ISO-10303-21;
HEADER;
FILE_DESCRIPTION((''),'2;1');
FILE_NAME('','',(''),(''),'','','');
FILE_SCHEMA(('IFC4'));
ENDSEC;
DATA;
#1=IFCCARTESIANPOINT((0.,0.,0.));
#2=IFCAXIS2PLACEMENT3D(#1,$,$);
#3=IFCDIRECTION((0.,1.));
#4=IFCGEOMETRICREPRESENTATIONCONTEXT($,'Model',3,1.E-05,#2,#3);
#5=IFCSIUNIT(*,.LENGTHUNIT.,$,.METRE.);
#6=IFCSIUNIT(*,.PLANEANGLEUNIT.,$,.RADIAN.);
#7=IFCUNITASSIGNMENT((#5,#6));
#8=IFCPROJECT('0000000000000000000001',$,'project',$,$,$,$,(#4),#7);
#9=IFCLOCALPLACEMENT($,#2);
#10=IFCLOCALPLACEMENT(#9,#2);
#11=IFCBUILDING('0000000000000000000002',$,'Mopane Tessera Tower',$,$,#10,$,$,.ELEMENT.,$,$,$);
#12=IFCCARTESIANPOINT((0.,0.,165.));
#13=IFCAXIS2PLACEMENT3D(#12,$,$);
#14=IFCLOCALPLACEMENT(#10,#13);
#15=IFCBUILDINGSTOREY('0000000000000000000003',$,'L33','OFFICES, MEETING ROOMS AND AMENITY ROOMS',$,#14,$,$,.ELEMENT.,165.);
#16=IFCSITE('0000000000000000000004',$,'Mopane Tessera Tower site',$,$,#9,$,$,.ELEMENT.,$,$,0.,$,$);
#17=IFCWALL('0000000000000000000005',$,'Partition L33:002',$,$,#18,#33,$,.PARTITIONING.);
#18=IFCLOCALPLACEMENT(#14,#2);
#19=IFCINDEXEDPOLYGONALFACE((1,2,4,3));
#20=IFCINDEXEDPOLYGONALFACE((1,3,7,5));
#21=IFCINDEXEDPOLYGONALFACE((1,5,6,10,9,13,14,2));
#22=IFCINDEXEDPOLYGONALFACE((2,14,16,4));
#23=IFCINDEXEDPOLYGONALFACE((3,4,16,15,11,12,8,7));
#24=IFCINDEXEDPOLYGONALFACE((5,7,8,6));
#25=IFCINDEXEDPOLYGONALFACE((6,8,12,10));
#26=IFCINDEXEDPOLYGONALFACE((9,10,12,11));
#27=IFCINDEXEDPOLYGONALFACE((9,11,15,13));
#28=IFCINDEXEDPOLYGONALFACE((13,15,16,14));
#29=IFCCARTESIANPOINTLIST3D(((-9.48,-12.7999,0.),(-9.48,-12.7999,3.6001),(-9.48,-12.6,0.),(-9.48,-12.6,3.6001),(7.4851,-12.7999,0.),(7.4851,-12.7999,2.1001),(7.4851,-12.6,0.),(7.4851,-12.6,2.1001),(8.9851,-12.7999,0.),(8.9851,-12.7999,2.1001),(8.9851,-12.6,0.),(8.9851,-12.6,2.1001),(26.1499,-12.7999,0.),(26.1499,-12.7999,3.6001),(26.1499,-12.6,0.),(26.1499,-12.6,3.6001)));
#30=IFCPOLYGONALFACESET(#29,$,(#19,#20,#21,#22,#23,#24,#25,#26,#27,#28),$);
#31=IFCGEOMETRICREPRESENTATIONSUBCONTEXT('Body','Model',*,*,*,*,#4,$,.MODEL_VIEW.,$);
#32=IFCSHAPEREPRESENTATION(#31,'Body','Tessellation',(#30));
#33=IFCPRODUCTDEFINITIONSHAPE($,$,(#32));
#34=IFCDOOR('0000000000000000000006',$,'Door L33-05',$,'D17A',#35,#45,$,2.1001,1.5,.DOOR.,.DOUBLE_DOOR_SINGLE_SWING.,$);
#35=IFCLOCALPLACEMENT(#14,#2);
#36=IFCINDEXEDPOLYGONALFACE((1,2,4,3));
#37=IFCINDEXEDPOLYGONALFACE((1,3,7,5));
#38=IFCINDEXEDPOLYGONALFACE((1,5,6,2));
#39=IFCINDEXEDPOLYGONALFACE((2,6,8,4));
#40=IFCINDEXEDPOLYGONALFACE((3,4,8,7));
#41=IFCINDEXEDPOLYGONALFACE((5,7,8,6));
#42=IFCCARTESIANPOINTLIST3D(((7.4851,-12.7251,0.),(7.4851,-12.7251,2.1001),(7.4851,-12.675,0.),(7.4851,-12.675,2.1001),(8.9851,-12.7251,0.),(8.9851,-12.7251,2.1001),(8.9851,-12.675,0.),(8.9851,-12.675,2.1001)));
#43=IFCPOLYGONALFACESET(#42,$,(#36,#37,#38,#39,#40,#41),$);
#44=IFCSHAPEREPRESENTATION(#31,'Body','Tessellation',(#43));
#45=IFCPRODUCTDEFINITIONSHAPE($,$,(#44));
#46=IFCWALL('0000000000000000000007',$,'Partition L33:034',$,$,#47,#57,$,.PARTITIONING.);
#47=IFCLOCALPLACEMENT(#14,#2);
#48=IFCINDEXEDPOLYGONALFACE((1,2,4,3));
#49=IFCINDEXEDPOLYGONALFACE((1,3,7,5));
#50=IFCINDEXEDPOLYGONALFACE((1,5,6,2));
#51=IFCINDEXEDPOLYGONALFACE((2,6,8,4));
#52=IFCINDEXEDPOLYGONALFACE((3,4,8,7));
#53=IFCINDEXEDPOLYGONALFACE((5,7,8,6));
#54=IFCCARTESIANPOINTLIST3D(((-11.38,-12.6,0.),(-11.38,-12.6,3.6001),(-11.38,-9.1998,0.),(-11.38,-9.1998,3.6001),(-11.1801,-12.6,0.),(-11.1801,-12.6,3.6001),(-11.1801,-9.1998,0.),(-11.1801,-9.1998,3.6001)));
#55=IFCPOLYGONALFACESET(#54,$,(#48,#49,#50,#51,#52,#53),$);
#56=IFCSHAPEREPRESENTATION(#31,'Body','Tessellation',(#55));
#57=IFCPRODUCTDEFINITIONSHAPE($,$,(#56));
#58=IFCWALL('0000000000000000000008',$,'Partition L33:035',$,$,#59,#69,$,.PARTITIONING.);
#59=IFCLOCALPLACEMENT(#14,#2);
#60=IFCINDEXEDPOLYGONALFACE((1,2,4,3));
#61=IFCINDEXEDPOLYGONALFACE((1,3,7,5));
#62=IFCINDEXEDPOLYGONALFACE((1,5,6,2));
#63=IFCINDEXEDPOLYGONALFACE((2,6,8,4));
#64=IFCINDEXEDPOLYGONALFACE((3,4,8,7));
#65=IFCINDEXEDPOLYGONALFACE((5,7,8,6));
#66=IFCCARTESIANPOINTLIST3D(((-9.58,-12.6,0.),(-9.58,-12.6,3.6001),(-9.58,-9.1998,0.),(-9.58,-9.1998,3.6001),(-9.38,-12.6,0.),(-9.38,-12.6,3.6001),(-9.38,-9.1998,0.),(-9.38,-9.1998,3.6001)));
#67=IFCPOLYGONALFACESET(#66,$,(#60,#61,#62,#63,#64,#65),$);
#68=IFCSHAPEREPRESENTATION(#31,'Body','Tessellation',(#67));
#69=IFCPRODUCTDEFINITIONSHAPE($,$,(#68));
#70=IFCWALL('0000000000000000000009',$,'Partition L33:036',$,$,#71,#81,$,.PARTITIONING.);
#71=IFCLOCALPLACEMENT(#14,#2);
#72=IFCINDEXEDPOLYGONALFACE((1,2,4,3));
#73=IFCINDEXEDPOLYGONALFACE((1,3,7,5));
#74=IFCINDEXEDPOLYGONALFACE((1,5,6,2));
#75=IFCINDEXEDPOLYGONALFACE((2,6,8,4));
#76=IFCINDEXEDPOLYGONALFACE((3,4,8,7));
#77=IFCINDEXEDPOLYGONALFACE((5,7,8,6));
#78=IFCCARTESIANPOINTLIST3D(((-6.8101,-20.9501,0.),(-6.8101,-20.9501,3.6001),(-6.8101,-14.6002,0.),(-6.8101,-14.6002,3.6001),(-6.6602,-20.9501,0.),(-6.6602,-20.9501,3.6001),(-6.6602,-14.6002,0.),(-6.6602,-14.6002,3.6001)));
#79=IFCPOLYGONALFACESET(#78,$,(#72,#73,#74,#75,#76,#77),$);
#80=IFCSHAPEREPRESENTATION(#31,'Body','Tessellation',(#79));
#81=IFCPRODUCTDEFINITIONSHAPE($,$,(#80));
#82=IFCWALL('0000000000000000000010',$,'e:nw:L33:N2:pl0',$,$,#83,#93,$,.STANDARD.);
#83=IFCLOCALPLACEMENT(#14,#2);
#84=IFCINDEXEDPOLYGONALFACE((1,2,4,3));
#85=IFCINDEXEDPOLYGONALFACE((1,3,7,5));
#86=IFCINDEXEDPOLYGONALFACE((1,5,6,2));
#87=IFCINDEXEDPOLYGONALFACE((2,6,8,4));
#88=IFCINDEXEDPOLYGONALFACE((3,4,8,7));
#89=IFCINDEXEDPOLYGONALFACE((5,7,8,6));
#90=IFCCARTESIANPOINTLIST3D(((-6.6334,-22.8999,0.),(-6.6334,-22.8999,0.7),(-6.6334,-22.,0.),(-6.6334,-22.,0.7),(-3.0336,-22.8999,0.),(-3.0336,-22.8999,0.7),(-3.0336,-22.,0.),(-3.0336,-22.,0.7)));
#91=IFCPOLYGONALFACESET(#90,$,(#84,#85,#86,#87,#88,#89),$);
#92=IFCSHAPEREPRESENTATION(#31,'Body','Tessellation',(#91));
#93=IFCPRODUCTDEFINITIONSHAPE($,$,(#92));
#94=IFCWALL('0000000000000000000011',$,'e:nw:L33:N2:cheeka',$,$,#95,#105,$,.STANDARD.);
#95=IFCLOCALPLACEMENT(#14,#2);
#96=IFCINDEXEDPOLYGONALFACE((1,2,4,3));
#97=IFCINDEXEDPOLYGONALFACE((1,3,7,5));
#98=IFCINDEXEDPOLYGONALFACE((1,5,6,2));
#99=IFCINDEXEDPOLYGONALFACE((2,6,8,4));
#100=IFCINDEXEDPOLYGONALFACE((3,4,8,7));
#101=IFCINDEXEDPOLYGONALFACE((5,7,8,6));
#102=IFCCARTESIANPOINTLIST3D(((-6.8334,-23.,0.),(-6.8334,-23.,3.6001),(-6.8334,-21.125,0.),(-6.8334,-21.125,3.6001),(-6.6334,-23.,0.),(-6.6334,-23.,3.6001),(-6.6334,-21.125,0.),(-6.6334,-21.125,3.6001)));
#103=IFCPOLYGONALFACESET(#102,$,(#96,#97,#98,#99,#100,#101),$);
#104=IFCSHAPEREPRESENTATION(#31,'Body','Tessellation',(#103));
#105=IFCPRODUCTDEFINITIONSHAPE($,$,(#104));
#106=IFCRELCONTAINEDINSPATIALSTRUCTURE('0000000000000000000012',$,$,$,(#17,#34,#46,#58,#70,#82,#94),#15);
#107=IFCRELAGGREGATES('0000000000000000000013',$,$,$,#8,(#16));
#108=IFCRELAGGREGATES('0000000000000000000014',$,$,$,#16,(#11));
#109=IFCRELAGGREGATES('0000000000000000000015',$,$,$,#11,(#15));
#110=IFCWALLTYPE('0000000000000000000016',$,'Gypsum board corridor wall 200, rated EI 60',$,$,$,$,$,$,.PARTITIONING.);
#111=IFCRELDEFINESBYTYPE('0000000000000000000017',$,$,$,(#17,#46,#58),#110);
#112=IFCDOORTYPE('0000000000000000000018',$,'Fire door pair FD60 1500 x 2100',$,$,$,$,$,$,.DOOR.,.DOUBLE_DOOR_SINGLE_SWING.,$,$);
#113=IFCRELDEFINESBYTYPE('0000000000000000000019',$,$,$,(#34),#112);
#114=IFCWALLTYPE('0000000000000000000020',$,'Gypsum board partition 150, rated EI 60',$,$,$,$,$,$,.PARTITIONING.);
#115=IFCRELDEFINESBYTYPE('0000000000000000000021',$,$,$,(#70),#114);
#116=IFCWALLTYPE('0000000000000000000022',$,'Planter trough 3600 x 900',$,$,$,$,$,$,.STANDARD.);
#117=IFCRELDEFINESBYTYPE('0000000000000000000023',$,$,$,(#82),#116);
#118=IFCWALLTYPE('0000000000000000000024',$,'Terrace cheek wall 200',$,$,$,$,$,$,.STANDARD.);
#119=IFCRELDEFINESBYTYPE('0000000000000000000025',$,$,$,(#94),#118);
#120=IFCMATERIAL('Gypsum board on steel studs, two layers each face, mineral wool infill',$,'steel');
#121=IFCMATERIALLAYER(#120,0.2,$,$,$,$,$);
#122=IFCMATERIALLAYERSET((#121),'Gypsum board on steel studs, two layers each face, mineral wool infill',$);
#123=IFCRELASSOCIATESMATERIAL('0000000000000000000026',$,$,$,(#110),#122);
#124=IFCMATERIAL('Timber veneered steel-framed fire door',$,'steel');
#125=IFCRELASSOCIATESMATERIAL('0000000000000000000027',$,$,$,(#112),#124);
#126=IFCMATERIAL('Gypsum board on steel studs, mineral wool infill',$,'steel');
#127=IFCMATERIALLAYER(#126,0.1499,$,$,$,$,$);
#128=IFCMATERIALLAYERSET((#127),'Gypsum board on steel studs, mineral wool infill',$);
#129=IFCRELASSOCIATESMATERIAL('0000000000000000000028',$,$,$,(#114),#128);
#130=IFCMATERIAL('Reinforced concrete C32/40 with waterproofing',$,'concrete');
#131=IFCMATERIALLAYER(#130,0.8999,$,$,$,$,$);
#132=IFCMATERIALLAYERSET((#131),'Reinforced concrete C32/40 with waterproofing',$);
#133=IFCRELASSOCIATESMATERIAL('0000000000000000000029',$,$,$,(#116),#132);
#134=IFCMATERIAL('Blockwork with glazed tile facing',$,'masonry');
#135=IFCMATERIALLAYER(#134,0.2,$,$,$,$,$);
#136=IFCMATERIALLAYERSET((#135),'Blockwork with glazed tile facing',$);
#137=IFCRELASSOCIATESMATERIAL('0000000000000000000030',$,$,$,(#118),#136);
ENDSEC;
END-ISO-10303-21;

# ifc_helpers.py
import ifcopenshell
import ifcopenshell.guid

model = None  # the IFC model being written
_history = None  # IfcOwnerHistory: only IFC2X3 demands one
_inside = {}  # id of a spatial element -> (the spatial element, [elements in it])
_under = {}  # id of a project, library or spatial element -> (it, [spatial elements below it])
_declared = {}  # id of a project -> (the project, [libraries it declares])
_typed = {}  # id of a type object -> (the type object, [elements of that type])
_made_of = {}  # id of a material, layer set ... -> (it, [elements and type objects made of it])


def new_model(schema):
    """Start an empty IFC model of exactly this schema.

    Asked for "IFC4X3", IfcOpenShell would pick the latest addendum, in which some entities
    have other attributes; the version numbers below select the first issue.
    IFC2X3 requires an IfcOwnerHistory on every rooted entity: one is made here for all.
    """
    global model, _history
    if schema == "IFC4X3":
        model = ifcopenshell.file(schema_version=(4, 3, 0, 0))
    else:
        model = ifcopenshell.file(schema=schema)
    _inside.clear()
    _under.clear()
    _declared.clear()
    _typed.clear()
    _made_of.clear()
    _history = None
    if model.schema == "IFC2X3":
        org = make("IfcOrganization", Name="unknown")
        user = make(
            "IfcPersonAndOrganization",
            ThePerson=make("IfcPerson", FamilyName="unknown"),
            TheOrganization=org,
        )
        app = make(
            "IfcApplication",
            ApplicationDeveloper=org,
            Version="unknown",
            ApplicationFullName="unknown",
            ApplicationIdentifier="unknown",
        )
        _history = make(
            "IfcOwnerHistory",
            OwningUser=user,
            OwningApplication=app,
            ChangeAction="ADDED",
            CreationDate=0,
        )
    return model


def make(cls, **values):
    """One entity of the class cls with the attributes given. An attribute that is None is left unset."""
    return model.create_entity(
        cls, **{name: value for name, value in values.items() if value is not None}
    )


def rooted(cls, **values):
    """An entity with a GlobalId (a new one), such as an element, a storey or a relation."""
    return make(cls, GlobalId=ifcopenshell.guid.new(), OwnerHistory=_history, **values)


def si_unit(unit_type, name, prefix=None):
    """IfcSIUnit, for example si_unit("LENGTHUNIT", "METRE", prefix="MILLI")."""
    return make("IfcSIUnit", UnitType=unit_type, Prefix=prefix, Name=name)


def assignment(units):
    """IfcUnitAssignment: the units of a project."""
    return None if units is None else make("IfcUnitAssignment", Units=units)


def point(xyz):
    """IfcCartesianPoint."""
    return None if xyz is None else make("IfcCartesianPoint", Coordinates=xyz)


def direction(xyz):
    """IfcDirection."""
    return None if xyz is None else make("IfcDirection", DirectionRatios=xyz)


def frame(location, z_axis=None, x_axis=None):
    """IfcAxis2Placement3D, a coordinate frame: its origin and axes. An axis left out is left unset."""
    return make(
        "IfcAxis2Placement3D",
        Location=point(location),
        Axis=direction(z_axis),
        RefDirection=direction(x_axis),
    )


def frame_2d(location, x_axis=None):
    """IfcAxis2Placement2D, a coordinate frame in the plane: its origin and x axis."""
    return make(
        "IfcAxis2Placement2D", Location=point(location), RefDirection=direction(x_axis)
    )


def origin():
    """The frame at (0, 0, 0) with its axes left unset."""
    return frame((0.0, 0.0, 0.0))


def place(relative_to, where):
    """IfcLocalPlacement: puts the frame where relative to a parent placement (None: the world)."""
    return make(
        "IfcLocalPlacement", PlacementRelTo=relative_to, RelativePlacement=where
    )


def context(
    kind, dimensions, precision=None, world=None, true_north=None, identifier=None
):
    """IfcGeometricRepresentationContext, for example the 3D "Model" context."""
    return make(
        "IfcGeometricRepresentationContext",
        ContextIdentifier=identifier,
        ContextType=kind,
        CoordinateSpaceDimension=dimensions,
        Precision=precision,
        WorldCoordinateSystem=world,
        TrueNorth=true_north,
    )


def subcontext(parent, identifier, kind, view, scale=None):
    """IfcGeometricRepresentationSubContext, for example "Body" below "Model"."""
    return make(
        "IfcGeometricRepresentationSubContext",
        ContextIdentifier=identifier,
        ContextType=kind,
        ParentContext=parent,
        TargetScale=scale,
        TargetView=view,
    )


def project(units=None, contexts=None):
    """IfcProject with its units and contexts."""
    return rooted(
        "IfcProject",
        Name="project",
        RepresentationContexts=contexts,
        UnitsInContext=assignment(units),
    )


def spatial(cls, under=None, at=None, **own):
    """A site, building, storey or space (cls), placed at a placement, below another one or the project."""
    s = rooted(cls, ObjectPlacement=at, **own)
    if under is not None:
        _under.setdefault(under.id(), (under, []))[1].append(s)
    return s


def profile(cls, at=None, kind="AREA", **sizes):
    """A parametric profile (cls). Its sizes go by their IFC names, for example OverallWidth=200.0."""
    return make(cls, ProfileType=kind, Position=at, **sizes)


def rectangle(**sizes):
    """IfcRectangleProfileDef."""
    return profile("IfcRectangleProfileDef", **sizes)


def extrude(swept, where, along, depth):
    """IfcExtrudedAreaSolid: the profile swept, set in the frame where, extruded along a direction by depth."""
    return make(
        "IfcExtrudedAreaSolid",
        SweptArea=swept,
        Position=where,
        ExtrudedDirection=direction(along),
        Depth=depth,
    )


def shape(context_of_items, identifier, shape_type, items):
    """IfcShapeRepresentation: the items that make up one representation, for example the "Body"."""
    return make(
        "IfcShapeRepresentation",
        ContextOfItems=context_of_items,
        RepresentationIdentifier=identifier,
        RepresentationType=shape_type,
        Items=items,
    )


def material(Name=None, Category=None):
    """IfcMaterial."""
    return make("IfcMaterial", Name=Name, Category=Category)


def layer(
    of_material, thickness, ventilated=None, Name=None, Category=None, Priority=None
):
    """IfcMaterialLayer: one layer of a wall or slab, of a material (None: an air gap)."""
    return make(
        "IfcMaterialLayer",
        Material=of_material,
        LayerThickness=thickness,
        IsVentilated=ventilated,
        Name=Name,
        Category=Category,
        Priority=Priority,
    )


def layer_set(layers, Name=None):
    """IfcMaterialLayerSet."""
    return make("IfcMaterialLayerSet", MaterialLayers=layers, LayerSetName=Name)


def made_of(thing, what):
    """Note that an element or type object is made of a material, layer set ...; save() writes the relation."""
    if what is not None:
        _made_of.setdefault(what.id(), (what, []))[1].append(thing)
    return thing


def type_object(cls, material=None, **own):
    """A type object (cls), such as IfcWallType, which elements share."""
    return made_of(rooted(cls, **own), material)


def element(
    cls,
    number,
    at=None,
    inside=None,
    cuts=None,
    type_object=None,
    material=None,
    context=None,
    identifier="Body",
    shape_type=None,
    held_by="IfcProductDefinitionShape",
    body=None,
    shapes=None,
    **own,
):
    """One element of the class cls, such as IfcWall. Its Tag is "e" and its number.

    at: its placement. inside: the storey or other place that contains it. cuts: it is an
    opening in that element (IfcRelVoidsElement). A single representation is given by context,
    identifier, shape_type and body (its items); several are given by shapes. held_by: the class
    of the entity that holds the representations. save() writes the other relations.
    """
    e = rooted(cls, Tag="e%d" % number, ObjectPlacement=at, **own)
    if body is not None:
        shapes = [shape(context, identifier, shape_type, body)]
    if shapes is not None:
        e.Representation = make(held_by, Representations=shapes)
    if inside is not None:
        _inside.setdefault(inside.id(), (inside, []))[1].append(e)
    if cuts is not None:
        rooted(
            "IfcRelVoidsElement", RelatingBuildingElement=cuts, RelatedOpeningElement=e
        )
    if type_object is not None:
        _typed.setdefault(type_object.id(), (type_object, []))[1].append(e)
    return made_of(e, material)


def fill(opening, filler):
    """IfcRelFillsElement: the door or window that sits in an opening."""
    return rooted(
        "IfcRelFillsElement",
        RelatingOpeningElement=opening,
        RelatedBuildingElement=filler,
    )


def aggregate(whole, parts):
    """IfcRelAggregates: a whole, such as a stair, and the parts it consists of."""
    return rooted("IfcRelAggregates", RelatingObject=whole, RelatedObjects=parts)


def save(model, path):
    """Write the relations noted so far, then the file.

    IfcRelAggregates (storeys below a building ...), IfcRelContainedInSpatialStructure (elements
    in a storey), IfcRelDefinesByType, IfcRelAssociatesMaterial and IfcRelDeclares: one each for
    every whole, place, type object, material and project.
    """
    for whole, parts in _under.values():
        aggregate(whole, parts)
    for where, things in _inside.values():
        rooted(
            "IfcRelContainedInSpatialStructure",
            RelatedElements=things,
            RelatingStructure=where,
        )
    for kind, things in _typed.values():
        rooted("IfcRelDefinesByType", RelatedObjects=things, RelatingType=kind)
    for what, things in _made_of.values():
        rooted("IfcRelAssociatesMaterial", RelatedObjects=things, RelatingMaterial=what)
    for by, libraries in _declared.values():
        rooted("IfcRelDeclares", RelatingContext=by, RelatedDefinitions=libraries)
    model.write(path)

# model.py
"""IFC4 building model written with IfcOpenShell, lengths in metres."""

from ifc_helpers import new_model, si_unit, direction, frame, frame_2d, origin, place, context, subcontext, project, spatial, rectangle, extrude, material, layer, layer_set, type_object, element, fill, save


model = new_model("IFC4")

# Units and contexts
model_context = context("Model", 3, precision=1e-05, world=origin(), true_north=direction((0.0, 1.0)))
body_context = subcontext(model_context, "Body", "Model", "MODEL_VIEW")
ifc_project = project(units=[si_unit("LENGTHUNIT", "METRE"), si_unit("PLANEANGLEUNIT", "RADIAN")], contexts=[model_context])

# Site, building, storey
site_placement = place(None, origin())
site = spatial("IfcSite", under=ifc_project, at=site_placement, Name="Mopane Tessera Tower site", CompositionType="ELEMENT", RefElevation=0.0)
building_placement = place(site_placement, origin())
building = spatial("IfcBuilding", under=site, at=building_placement, Name="Mopane Tessera Tower", CompositionType="ELEMENT")
storey_placement = place(building_placement, frame((0.0, 0.0, 165.0)))
storey = spatial("IfcBuildingStorey", under=building, at=storey_placement, Name="L33", Description="OFFICES, MEETING ROOMS AND AMENITY ROOMS", CompositionType="ELEMENT", Elevation=165.0)

# Wall, opening, door
ifc_material_1 = material(Name="Gypsum board on steel studs, two layers each face, mineral wool infill", Category="steel")
ifc_layer_1 = layer(ifc_material_1, 0.2)
ifc_layer_set_1 = layer_set([ifc_layer_1], Name="Gypsum board on steel studs, two layers each face, mineral wool infill")
wall_type_1 = type_object("IfcWallType", Name="Gypsum board corridor wall 200, rated EI 60", PredefinedType="PARTITIONING", material=ifc_layer_set_1)
wall_1_placement = place(storey_placement, frame((-9.48, -12.7, 0.0), z_axis=(0.0, 0.0, 1.0), x_axis=(1.0, 0.0, 0.0)))
wall_1 = element("IfcWall", 1, at=wall_1_placement, inside=storey, type_object=wall_type_1, Name="Partition L33:002", PredefinedType="PARTITIONING", context=body_context, shape_type="SweptSolid", body=[
    extrude(rectangle(XDim=35.6299, YDim=0.2, at=frame_2d((17.8149, 0.0))), origin(), (0.0, 0.0, 1.0), 3.6001),
])
opening_1_placement = place(wall_1_placement, frame((16.9651, 0.0, 0.0)))
opening_1 = element("IfcOpeningElement", 2, at=opening_1_placement, cuts=wall_1, PredefinedType="OPENING", context=body_context, shape_type="SweptSolid", body=[
    extrude(rectangle(XDim=1.5, YDim=2.1001, at=frame_2d((0.75, 1.05))), frame((0.0, 0.1121, 0.0), z_axis=(0.0, -1.0, 0.0), x_axis=(1.0, 0.0, 0.0)), (0.0, 0.0, 1.0), 0.2239),
])
ifc_material_2 = material(Name="Timber veneered steel-framed fire door", Category="steel")
door_type_1 = type_object("IfcDoorType", Name="Fire door pair FD60 1500 x 2100", OperationType="DOUBLE_DOOR_SINGLE_SWING", PredefinedType="DOOR", material=ifc_material_2)
door_1_placement = place(opening_1_placement, origin())
door_1 = element("IfcDoor", 3, at=door_1_placement, inside=storey, type_object=door_type_1, Name="Door L33-05", ObjectType="D17A", OperationType="DOUBLE_DOOR_SINGLE_SWING", OverallHeight=2.1001, OverallWidth=1.5, PredefinedType="DOOR", context=body_context, shape_type="SweptSolid", body=[
    extrude(rectangle(XDim=1.5, YDim=2.1001, at=frame_2d((0.75, 1.05))), frame((0.0, 0.0249, 0.0), z_axis=(0.0, -1.0, 0.0), x_axis=(1.0, 0.0, 0.0)), (0.0, 0.0, 1.0), 0.05),
])
fill(opening_1, door_1)

# Walls
for number, where, z_axis, x_axis, name in (
    (4, (-11.28, -12.6001, 0.0), (0.0, 0.0, 1.0), (0.0, 1.0, 0.0), "Partition L33:034"),
    (5, (-9.48, -12.6001, 0.0), (0.0, 0.0, 1.0), (0.0, 1.0, 0.0), "Partition L33:035"),
):
    element("IfcWall", number, at=place(storey_placement, frame(where, z_axis=z_axis, x_axis=x_axis)), inside=storey, type_object=wall_type_1, Name=name, PredefinedType="PARTITIONING", context=body_context, shape_type="SweptSolid", body=[
        extrude(rectangle(XDim=3.4001, YDim=0.2, at=frame_2d((1.7002, 0.0))), origin(), (0.0, 0.0, 1.0), 3.6001),
    ])
ifc_material_3 = material(Name="Gypsum board on steel studs, mineral wool infill", Category="steel")
ifc_layer_2 = layer(ifc_material_3, 0.1499)
ifc_layer_set_2 = layer_set([ifc_layer_2], Name="Gypsum board on steel studs, mineral wool infill")
wall_type_2 = type_object("IfcWallType", Name="Gypsum board partition 150, rated EI 60", PredefinedType="PARTITIONING", material=ifc_layer_set_2)
wall_2_placement = place(storey_placement, frame((-6.7351, -20.95, 0.0), z_axis=(0.0, 0.0, 1.0), x_axis=(0.0, 1.0, 0.0)))
element("IfcWall", 6, at=wall_2_placement, inside=storey, type_object=wall_type_2, Name="Partition L33:036", PredefinedType="PARTITIONING", context=body_context, shape_type="SweptSolid", body=[
    extrude(rectangle(XDim=6.3499, YDim=0.1499, at=frame_2d((3.1748, 0.0))), origin(), (0.0, 0.0, 1.0), 3.6001),
])
ifc_material_4 = material(Name="Reinforced concrete C32/40 with waterproofing", Category="concrete")
ifc_layer_3 = layer(ifc_material_4, 0.8999)
ifc_layer_set_3 = layer_set([ifc_layer_3], Name="Reinforced concrete C32/40 with waterproofing")
wall_type_3 = type_object("IfcWallType", Name="Planter trough 3600 x 900", PredefinedType="STANDARD", material=ifc_layer_set_3)
wall_3_placement = place(storey_placement, frame((-6.6333, -22.45, 0.0), z_axis=(0.0, 0.0, 1.0), x_axis=(1.0, 0.0, 0.0)))
element("IfcWall", 7, at=wall_3_placement, inside=storey, type_object=wall_type_3, Name="e:nw:L33:N2:pl0", PredefinedType="STANDARD", context=body_context, shape_type="SweptSolid", body=[
    extrude(rectangle(XDim=3.5999, YDim=0.8999, at=frame_2d((1.7998, 0.0))), origin(), (0.0, 0.0, 1.0), 0.7),
])
ifc_material_5 = material(Name="Blockwork with glazed tile facing", Category="masonry")
ifc_layer_4 = layer(ifc_material_5, 0.2)
ifc_layer_set_4 = layer_set([ifc_layer_4], Name="Blockwork with glazed tile facing")
wall_type_4 = type_object("IfcWallType", Name="Terrace cheek wall 200", PredefinedType="STANDARD", material=ifc_layer_set_4)
wall_4_placement = place(storey_placement, frame((-6.7334, -23.0, 0.0), z_axis=(0.0, 0.0, 1.0), x_axis=(0.0, 1.0, 0.0)))
element("IfcWall", 8, at=wall_4_placement, inside=storey, type_object=wall_type_4, Name="e:nw:L33:N2:cheeka", PredefinedType="STANDARD", context=body_context, shape_type="SweptSolid", body=[
    extrude(rectangle(XDim=1.875, YDim=0.2, at=frame_2d((0.9375, 0.0))), origin(), (0.0, 0.0, 1.0), 3.6001),
])

save(model, "model.ifc")
